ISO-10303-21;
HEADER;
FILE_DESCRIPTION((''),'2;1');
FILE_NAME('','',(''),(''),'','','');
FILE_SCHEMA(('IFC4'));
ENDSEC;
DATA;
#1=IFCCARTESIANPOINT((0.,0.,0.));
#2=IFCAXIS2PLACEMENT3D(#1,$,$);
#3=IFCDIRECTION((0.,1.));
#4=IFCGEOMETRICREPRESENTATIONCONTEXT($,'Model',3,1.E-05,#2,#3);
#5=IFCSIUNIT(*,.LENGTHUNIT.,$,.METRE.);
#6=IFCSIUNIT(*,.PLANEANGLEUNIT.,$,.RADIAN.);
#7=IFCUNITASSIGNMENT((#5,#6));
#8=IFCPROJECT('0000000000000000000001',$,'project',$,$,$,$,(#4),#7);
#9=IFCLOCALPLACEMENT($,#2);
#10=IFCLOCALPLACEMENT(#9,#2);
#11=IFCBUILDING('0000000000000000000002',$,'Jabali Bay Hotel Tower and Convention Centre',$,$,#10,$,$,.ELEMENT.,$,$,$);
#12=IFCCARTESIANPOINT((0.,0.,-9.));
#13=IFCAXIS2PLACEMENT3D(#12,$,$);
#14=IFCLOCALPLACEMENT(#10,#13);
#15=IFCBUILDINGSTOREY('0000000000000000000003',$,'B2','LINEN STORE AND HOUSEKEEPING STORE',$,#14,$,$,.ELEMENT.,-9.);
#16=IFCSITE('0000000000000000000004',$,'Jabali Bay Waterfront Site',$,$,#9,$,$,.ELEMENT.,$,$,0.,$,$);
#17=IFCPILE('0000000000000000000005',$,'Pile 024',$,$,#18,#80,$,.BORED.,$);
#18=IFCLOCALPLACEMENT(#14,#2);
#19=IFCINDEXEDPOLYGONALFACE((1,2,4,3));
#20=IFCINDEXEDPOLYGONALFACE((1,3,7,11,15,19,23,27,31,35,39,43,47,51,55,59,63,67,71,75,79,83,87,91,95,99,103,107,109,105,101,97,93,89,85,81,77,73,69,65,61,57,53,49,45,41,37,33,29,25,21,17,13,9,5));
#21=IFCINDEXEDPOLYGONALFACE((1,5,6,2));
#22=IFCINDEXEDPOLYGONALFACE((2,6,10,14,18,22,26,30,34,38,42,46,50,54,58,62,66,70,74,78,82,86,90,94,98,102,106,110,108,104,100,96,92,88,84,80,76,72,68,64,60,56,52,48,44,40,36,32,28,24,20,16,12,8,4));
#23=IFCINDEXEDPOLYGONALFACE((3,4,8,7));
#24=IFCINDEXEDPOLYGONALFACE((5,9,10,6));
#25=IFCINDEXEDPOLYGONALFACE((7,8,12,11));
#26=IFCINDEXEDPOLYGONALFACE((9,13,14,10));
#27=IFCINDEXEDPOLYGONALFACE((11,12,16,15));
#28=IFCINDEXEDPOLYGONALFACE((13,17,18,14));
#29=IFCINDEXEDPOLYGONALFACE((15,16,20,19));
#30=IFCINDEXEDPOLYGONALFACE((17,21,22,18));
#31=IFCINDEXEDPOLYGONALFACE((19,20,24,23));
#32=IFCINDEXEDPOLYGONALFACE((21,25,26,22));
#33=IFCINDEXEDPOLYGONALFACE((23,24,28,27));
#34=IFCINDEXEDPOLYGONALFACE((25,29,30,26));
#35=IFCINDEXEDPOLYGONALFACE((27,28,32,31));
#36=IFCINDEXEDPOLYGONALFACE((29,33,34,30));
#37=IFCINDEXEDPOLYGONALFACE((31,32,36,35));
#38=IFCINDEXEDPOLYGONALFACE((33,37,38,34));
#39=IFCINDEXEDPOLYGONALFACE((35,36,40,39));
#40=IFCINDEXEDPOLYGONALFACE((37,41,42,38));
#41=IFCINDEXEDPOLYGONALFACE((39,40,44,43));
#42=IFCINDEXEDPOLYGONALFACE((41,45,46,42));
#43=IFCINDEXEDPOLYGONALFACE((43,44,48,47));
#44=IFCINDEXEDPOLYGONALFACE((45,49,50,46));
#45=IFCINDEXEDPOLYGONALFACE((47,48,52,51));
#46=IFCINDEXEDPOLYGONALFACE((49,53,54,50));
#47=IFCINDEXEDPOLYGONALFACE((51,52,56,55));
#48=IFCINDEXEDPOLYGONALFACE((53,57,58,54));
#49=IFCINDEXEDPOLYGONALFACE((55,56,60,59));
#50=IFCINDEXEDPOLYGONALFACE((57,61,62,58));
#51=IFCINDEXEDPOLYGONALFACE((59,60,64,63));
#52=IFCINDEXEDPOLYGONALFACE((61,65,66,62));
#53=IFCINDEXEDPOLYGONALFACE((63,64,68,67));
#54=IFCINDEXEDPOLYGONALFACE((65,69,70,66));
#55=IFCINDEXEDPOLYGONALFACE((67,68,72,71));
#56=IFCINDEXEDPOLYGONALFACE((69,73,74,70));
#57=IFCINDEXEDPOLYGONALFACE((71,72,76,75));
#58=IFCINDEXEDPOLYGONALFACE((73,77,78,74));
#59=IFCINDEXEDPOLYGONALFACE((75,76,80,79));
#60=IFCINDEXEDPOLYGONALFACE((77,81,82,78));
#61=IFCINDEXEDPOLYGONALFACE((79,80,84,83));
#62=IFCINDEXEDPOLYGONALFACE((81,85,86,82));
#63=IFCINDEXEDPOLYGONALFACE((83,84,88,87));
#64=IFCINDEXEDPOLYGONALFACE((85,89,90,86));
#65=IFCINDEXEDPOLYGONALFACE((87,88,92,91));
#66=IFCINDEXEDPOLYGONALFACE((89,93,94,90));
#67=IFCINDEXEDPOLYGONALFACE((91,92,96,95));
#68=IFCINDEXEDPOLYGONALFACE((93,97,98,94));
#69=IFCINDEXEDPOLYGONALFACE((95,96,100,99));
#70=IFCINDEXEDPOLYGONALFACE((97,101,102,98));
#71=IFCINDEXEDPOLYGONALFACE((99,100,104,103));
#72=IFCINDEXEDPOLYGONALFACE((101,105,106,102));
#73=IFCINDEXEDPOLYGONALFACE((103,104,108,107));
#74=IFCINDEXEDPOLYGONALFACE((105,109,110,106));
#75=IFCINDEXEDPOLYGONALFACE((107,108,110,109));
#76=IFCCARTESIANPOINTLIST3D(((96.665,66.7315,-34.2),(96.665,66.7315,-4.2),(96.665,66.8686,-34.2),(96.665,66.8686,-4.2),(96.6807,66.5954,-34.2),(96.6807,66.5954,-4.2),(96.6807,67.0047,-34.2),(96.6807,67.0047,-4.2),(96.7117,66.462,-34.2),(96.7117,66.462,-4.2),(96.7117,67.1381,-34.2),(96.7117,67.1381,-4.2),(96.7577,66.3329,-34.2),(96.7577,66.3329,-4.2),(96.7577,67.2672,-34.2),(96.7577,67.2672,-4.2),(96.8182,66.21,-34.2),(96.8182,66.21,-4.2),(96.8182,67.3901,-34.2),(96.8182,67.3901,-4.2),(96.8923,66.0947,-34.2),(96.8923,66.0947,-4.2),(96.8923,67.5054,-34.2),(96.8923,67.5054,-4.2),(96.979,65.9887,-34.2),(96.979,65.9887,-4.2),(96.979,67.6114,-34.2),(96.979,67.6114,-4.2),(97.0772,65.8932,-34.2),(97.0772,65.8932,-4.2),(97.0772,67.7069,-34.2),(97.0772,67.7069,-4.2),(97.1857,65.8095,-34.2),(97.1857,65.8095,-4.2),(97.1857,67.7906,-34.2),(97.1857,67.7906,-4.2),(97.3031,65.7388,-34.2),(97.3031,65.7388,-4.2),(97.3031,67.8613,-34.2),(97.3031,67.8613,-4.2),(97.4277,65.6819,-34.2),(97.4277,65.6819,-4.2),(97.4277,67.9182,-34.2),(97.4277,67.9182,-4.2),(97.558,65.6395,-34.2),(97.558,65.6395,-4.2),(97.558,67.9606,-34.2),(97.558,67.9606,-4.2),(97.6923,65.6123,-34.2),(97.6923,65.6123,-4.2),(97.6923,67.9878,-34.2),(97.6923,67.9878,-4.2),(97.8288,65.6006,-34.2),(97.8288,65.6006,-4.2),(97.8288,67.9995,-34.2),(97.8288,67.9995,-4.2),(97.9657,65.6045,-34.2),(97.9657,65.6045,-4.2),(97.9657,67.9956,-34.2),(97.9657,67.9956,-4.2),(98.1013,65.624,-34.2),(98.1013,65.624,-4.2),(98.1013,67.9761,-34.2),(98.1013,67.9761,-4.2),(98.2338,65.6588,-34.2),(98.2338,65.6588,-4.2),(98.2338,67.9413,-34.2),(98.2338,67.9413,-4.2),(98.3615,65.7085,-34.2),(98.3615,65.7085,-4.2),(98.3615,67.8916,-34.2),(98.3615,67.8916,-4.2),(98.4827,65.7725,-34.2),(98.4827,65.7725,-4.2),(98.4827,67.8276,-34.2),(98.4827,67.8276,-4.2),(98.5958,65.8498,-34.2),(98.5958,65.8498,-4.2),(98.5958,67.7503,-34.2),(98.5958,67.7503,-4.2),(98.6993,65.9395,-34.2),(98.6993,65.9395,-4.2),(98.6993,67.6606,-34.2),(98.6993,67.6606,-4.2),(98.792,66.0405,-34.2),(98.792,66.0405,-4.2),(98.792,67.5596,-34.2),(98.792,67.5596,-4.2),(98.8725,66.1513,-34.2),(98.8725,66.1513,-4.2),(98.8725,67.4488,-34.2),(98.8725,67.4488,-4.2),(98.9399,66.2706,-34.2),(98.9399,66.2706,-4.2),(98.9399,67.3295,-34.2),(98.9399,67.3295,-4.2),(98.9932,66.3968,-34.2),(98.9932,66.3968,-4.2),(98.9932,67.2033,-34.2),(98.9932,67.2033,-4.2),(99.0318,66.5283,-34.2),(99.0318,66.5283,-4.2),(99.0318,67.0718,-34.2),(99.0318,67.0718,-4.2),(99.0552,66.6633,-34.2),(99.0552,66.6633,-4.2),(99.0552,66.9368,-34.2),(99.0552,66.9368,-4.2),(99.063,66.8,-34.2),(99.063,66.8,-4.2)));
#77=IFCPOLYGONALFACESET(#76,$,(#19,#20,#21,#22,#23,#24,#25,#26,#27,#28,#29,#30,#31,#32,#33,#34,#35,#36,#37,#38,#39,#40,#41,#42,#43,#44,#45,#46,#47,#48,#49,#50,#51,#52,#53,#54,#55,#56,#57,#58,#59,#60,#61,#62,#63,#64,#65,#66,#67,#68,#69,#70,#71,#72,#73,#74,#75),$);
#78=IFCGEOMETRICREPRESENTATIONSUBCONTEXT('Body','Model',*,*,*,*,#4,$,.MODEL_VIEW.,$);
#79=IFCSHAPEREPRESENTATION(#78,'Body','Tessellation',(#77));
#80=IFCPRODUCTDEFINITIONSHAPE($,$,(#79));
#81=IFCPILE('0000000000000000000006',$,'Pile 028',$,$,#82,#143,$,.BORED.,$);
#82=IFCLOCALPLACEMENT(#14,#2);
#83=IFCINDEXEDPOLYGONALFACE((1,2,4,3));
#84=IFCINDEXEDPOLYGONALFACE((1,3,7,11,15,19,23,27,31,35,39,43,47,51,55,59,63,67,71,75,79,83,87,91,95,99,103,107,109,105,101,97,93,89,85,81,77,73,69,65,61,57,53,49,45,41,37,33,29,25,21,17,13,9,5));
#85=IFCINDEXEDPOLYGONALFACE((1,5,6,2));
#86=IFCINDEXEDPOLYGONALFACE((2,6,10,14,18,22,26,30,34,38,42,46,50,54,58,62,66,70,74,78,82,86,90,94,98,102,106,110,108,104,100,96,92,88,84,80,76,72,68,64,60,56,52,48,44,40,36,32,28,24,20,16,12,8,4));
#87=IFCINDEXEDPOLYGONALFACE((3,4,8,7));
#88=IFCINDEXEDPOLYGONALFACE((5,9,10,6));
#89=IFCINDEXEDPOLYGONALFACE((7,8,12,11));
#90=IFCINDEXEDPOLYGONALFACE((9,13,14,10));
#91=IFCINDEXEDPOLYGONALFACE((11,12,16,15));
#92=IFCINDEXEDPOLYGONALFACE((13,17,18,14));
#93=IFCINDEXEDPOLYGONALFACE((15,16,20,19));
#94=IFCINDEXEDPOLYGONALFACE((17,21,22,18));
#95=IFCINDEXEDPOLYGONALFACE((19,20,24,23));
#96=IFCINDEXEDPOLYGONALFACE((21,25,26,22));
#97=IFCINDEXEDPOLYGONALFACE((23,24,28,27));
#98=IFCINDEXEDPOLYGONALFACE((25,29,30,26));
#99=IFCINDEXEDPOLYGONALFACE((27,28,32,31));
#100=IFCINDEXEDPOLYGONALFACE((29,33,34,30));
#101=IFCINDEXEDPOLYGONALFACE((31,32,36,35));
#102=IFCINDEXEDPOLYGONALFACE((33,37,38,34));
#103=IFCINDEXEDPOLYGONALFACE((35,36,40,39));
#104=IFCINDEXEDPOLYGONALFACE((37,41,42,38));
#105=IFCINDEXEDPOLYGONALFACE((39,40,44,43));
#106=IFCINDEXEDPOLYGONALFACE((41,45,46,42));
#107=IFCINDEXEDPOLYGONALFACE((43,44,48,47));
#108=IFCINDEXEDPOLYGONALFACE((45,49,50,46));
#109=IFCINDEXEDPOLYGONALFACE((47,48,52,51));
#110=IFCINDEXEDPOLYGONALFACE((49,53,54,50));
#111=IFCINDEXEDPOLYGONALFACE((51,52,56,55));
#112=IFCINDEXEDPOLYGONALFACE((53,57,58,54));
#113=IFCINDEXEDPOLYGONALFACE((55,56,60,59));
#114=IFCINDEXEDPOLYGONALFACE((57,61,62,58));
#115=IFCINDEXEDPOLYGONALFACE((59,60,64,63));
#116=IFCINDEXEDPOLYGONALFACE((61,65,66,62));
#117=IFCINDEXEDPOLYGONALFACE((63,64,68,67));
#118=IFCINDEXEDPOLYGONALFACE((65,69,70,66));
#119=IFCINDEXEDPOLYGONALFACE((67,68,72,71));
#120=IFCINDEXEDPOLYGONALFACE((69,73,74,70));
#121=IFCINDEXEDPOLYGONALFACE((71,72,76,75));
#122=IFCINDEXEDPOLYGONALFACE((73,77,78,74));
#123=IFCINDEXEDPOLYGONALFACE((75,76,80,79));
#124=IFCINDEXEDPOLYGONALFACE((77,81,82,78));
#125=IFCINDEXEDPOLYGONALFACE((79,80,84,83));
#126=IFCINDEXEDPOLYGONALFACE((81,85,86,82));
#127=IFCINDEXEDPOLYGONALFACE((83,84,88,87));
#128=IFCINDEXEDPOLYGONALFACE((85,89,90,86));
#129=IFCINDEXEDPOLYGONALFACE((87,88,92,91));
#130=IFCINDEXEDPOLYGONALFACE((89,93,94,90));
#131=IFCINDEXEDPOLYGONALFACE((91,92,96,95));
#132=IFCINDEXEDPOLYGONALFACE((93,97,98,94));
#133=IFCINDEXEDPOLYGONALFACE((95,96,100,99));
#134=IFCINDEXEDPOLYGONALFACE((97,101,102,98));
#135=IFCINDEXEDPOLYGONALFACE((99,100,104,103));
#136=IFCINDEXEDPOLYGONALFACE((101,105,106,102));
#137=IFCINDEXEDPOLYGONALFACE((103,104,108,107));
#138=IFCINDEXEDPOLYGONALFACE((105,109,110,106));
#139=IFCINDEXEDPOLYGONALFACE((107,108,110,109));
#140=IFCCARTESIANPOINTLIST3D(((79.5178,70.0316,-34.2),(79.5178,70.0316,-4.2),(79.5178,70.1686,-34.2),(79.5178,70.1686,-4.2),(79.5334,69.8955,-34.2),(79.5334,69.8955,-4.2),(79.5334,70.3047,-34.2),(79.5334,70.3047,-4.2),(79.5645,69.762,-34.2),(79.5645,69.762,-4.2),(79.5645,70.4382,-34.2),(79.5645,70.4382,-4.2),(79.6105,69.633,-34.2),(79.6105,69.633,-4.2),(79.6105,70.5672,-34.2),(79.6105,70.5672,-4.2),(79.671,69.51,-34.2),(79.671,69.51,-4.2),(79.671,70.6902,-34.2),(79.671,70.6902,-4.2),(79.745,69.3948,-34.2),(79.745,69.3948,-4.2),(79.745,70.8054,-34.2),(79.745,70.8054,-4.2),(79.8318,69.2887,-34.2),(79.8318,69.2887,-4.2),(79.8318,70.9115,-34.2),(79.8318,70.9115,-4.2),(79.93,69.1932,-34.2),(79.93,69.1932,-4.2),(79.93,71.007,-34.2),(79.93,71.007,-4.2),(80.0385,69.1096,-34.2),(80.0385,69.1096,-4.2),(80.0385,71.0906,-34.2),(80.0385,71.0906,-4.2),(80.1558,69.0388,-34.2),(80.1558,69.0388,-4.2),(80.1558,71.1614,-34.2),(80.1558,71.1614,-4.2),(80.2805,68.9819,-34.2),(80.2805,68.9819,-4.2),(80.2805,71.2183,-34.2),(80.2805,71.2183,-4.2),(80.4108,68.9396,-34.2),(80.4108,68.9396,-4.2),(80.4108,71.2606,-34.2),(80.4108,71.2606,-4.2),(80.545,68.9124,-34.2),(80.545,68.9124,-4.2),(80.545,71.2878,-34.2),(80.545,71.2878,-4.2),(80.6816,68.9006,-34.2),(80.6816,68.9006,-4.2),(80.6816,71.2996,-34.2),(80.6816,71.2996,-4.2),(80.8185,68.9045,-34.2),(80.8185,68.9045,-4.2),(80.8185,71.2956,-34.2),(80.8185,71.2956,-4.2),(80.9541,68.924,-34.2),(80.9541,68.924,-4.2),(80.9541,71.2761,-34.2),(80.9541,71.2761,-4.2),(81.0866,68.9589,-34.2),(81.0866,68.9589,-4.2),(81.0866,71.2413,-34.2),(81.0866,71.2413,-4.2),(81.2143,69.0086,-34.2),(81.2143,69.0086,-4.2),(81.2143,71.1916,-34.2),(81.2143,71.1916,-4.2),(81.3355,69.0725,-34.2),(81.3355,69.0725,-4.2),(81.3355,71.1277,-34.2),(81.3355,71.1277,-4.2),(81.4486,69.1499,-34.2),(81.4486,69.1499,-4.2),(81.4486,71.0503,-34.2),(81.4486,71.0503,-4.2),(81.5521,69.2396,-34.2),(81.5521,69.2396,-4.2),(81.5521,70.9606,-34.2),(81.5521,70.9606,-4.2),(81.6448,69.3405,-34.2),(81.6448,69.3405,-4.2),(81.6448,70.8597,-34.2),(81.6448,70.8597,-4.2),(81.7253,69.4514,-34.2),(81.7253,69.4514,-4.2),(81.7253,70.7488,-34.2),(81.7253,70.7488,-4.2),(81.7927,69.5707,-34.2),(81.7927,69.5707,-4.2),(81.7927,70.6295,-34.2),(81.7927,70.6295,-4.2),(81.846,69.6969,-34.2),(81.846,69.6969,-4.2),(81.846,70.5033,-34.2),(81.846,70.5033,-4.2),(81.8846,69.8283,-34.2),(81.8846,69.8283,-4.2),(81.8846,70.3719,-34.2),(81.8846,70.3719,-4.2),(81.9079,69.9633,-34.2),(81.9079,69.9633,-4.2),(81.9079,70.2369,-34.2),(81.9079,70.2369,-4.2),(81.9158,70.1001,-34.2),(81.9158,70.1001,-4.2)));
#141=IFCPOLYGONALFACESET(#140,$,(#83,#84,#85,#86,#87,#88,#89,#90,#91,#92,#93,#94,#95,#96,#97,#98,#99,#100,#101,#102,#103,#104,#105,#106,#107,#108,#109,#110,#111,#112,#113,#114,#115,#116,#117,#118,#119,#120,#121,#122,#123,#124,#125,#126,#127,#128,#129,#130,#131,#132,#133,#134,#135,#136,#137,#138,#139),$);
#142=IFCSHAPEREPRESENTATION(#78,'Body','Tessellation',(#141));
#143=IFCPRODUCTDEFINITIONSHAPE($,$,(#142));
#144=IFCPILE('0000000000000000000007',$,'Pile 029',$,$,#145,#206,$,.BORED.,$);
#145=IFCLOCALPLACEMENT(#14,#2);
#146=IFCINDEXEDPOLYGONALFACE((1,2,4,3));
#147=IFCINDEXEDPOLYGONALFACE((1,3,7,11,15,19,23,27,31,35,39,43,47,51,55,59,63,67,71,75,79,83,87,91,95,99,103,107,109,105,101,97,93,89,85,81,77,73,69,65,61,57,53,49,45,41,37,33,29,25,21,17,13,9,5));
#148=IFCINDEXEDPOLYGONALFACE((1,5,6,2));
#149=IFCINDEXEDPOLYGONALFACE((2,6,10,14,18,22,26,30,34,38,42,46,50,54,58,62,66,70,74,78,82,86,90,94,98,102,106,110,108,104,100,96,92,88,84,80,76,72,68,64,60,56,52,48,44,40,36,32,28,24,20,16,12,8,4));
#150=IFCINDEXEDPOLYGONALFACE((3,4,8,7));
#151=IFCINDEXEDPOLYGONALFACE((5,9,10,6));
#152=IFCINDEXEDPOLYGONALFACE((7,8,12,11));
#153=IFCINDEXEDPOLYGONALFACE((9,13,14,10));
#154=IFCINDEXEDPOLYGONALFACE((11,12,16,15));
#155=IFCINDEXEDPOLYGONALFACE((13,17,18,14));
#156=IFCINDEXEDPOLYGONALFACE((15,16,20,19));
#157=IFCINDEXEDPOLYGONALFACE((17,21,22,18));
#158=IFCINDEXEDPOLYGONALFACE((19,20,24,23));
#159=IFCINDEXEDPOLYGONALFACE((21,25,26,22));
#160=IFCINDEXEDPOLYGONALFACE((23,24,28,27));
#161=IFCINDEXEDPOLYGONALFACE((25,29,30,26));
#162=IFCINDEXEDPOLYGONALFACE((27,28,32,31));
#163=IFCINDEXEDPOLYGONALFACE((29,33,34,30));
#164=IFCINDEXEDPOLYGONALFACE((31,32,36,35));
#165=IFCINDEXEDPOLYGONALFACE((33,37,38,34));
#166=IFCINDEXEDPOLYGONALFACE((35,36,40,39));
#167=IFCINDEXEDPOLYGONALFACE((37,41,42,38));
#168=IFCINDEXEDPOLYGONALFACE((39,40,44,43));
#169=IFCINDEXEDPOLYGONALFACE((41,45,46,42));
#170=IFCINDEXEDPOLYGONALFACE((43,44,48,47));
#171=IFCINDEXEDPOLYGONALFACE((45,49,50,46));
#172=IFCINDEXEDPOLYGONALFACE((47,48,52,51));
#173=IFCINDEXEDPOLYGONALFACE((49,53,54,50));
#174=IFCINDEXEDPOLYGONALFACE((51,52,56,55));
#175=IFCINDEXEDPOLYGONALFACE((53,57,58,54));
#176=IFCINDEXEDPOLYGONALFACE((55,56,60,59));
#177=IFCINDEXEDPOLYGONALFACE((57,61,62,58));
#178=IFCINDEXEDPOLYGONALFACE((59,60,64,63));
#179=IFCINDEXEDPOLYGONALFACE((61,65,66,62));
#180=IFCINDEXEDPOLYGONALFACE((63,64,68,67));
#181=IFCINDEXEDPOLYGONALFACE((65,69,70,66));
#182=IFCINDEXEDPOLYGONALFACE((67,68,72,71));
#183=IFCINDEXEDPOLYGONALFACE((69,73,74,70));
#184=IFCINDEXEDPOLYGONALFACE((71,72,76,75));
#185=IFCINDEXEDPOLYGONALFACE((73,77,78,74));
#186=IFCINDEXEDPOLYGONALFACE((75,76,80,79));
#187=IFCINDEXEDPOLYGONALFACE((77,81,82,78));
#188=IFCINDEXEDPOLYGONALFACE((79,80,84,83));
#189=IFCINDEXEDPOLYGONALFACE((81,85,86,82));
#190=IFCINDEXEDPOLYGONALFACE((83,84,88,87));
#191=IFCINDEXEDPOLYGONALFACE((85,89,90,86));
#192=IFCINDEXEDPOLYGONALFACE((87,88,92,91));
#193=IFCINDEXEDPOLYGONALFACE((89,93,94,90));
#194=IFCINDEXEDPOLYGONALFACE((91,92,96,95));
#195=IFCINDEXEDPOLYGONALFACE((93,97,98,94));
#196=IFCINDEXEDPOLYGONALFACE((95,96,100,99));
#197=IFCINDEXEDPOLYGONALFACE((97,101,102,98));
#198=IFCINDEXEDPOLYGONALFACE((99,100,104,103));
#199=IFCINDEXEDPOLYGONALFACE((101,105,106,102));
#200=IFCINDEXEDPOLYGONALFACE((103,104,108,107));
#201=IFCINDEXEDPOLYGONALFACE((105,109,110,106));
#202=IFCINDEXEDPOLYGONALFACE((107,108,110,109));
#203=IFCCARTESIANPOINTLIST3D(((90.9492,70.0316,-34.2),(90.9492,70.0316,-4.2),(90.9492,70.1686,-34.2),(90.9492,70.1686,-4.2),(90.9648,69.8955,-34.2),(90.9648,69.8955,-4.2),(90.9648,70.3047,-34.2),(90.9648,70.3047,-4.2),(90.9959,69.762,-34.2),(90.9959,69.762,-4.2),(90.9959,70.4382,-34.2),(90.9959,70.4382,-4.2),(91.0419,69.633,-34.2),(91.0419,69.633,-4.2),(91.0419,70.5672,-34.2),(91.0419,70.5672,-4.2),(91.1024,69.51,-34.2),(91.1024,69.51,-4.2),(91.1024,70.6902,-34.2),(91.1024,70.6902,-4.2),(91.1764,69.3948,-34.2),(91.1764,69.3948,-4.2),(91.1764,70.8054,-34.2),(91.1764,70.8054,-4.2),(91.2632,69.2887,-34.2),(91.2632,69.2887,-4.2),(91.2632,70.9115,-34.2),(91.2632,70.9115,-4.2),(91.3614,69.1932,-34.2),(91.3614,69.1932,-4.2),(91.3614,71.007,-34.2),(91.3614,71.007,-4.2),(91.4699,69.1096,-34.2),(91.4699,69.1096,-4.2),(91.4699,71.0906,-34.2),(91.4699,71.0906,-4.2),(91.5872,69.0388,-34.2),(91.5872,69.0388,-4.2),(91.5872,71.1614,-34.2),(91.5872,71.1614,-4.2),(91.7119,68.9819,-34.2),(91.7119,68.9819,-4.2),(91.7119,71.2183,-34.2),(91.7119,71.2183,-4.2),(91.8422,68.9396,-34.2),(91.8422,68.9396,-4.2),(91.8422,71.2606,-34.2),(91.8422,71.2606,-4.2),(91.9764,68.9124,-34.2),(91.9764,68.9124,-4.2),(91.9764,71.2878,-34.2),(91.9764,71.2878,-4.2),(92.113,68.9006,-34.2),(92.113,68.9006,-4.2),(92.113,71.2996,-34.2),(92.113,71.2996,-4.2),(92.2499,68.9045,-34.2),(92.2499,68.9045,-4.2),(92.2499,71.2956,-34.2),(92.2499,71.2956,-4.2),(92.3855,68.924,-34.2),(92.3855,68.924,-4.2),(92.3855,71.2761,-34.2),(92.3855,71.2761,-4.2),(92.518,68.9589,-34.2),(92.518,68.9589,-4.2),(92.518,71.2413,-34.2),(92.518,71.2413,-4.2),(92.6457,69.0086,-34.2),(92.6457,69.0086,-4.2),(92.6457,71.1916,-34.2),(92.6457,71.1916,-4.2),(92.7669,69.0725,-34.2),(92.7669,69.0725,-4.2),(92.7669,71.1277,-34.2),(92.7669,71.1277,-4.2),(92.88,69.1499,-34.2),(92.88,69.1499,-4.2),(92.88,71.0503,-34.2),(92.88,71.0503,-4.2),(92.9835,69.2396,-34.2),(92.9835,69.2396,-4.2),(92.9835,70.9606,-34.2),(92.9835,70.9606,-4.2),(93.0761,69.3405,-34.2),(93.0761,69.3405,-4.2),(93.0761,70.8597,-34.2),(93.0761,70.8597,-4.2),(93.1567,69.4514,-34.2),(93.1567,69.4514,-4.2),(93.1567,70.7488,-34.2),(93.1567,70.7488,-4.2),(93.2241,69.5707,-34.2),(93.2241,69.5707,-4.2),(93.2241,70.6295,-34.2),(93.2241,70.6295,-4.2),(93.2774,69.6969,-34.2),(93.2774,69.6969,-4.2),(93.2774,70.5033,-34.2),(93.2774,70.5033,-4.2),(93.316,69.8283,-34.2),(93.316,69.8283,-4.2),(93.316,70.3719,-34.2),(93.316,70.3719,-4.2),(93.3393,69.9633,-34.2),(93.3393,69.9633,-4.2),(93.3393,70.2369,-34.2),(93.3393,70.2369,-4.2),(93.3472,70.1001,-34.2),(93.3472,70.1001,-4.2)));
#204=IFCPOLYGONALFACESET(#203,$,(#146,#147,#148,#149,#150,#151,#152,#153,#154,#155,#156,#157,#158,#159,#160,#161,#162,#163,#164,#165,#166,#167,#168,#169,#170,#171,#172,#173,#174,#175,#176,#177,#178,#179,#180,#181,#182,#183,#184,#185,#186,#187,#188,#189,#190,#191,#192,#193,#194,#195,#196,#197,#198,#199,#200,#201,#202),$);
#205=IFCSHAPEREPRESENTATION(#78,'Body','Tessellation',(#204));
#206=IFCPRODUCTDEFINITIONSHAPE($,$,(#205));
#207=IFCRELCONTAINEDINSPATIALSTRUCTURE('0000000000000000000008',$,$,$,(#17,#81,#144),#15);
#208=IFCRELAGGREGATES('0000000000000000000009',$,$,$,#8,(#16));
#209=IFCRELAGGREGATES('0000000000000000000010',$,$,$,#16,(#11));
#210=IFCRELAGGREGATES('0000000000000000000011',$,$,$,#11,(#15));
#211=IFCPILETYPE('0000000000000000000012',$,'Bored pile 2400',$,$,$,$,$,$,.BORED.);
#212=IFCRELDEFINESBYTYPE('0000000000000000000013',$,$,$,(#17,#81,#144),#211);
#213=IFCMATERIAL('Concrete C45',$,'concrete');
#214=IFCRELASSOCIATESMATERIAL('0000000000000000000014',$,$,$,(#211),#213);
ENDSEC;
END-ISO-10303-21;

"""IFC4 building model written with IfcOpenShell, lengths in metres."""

from ifc_helpers import new_model, si_unit, direction, frame, origin, origin_2d, place, context, subcontext, project, spatial, circle, extrude, material, material_profile, profile_set, type_object, element, save


model = new_model("IFC4")

# Units and contexts
model_context = context("Model", 3, precision=1e-05, world=origin(), true_north=direction((0.0, 1.0)))
body_context = subcontext(model_context, "Body", "Model", "MODEL_VIEW")
ifc_project = project(units=[si_unit("LENGTHUNIT", "METRE"), si_unit("PLANEANGLEUNIT", "RADIAN")], contexts=[model_context])

# Site, building, storey
site_placement = place(None, origin())
site = spatial("IfcSite", under=ifc_project, at=site_placement, Name="Jabali Bay Waterfront Site", CompositionType="ELEMENT", RefElevation=0.0)
building_placement = place(site_placement, origin())
building = spatial("IfcBuilding", under=site, at=building_placement, Name="Jabali Bay Hotel Tower and Convention Centre", CompositionType="ELEMENT")
storey_placement = place(building_placement, frame((0.0, 0.0, -9.0)))
storey = spatial("IfcBuildingStorey", under=building, at=storey_placement, Name="B2", Description="LINEN STORE AND HOUSEKEEPING STORE", CompositionType="ELEMENT", Elevation=-9.0)

# Piles
ifc_material_1 = material(Name="Concrete C45", Category="concrete")
ifc_material_profile_1 = material_profile(ifc_material_1, circle(Radius=1.2, at=origin_2d()), Name="Bored pile 2400")
ifc_profile_set_1 = profile_set([ifc_material_profile_1], Name="Concrete C45")
pile_type = type_object("IfcPileType", Name="Bored pile 2400", PredefinedType="BORED", material=ifc_profile_set_1)
for number, where, z_axis, x_axis, name in (
    (1, (97.863, 66.8, -4.2), (0.0, 0.0, -1.0), (1.0, 0.0, 0.0), "Pile 024"),
    (2, (80.7158, 70.1001, -4.2), (0.0, 0.0, -1.0), (1.0, 0.0, 0.0), "Pile 028"),
    (3, (92.1472, 70.1001, -4.2), (0.0, 0.0, -1.0), (1.0, 0.0, 0.0), "Pile 029"),
):
    element("IfcPile", number, at=place(storey_placement, frame(where, z_axis=z_axis, x_axis=x_axis)), inside=storey, type_object=pile_type, Name=name, PredefinedType="BORED", context=body_context, shape_type="SweptSolid", body=[
        extrude(circle(Radius=1.2, at=origin_2d()), origin(), (0.0, 0.0, 1.0), 30.0),
    ])

save(model, "model.ifc")
